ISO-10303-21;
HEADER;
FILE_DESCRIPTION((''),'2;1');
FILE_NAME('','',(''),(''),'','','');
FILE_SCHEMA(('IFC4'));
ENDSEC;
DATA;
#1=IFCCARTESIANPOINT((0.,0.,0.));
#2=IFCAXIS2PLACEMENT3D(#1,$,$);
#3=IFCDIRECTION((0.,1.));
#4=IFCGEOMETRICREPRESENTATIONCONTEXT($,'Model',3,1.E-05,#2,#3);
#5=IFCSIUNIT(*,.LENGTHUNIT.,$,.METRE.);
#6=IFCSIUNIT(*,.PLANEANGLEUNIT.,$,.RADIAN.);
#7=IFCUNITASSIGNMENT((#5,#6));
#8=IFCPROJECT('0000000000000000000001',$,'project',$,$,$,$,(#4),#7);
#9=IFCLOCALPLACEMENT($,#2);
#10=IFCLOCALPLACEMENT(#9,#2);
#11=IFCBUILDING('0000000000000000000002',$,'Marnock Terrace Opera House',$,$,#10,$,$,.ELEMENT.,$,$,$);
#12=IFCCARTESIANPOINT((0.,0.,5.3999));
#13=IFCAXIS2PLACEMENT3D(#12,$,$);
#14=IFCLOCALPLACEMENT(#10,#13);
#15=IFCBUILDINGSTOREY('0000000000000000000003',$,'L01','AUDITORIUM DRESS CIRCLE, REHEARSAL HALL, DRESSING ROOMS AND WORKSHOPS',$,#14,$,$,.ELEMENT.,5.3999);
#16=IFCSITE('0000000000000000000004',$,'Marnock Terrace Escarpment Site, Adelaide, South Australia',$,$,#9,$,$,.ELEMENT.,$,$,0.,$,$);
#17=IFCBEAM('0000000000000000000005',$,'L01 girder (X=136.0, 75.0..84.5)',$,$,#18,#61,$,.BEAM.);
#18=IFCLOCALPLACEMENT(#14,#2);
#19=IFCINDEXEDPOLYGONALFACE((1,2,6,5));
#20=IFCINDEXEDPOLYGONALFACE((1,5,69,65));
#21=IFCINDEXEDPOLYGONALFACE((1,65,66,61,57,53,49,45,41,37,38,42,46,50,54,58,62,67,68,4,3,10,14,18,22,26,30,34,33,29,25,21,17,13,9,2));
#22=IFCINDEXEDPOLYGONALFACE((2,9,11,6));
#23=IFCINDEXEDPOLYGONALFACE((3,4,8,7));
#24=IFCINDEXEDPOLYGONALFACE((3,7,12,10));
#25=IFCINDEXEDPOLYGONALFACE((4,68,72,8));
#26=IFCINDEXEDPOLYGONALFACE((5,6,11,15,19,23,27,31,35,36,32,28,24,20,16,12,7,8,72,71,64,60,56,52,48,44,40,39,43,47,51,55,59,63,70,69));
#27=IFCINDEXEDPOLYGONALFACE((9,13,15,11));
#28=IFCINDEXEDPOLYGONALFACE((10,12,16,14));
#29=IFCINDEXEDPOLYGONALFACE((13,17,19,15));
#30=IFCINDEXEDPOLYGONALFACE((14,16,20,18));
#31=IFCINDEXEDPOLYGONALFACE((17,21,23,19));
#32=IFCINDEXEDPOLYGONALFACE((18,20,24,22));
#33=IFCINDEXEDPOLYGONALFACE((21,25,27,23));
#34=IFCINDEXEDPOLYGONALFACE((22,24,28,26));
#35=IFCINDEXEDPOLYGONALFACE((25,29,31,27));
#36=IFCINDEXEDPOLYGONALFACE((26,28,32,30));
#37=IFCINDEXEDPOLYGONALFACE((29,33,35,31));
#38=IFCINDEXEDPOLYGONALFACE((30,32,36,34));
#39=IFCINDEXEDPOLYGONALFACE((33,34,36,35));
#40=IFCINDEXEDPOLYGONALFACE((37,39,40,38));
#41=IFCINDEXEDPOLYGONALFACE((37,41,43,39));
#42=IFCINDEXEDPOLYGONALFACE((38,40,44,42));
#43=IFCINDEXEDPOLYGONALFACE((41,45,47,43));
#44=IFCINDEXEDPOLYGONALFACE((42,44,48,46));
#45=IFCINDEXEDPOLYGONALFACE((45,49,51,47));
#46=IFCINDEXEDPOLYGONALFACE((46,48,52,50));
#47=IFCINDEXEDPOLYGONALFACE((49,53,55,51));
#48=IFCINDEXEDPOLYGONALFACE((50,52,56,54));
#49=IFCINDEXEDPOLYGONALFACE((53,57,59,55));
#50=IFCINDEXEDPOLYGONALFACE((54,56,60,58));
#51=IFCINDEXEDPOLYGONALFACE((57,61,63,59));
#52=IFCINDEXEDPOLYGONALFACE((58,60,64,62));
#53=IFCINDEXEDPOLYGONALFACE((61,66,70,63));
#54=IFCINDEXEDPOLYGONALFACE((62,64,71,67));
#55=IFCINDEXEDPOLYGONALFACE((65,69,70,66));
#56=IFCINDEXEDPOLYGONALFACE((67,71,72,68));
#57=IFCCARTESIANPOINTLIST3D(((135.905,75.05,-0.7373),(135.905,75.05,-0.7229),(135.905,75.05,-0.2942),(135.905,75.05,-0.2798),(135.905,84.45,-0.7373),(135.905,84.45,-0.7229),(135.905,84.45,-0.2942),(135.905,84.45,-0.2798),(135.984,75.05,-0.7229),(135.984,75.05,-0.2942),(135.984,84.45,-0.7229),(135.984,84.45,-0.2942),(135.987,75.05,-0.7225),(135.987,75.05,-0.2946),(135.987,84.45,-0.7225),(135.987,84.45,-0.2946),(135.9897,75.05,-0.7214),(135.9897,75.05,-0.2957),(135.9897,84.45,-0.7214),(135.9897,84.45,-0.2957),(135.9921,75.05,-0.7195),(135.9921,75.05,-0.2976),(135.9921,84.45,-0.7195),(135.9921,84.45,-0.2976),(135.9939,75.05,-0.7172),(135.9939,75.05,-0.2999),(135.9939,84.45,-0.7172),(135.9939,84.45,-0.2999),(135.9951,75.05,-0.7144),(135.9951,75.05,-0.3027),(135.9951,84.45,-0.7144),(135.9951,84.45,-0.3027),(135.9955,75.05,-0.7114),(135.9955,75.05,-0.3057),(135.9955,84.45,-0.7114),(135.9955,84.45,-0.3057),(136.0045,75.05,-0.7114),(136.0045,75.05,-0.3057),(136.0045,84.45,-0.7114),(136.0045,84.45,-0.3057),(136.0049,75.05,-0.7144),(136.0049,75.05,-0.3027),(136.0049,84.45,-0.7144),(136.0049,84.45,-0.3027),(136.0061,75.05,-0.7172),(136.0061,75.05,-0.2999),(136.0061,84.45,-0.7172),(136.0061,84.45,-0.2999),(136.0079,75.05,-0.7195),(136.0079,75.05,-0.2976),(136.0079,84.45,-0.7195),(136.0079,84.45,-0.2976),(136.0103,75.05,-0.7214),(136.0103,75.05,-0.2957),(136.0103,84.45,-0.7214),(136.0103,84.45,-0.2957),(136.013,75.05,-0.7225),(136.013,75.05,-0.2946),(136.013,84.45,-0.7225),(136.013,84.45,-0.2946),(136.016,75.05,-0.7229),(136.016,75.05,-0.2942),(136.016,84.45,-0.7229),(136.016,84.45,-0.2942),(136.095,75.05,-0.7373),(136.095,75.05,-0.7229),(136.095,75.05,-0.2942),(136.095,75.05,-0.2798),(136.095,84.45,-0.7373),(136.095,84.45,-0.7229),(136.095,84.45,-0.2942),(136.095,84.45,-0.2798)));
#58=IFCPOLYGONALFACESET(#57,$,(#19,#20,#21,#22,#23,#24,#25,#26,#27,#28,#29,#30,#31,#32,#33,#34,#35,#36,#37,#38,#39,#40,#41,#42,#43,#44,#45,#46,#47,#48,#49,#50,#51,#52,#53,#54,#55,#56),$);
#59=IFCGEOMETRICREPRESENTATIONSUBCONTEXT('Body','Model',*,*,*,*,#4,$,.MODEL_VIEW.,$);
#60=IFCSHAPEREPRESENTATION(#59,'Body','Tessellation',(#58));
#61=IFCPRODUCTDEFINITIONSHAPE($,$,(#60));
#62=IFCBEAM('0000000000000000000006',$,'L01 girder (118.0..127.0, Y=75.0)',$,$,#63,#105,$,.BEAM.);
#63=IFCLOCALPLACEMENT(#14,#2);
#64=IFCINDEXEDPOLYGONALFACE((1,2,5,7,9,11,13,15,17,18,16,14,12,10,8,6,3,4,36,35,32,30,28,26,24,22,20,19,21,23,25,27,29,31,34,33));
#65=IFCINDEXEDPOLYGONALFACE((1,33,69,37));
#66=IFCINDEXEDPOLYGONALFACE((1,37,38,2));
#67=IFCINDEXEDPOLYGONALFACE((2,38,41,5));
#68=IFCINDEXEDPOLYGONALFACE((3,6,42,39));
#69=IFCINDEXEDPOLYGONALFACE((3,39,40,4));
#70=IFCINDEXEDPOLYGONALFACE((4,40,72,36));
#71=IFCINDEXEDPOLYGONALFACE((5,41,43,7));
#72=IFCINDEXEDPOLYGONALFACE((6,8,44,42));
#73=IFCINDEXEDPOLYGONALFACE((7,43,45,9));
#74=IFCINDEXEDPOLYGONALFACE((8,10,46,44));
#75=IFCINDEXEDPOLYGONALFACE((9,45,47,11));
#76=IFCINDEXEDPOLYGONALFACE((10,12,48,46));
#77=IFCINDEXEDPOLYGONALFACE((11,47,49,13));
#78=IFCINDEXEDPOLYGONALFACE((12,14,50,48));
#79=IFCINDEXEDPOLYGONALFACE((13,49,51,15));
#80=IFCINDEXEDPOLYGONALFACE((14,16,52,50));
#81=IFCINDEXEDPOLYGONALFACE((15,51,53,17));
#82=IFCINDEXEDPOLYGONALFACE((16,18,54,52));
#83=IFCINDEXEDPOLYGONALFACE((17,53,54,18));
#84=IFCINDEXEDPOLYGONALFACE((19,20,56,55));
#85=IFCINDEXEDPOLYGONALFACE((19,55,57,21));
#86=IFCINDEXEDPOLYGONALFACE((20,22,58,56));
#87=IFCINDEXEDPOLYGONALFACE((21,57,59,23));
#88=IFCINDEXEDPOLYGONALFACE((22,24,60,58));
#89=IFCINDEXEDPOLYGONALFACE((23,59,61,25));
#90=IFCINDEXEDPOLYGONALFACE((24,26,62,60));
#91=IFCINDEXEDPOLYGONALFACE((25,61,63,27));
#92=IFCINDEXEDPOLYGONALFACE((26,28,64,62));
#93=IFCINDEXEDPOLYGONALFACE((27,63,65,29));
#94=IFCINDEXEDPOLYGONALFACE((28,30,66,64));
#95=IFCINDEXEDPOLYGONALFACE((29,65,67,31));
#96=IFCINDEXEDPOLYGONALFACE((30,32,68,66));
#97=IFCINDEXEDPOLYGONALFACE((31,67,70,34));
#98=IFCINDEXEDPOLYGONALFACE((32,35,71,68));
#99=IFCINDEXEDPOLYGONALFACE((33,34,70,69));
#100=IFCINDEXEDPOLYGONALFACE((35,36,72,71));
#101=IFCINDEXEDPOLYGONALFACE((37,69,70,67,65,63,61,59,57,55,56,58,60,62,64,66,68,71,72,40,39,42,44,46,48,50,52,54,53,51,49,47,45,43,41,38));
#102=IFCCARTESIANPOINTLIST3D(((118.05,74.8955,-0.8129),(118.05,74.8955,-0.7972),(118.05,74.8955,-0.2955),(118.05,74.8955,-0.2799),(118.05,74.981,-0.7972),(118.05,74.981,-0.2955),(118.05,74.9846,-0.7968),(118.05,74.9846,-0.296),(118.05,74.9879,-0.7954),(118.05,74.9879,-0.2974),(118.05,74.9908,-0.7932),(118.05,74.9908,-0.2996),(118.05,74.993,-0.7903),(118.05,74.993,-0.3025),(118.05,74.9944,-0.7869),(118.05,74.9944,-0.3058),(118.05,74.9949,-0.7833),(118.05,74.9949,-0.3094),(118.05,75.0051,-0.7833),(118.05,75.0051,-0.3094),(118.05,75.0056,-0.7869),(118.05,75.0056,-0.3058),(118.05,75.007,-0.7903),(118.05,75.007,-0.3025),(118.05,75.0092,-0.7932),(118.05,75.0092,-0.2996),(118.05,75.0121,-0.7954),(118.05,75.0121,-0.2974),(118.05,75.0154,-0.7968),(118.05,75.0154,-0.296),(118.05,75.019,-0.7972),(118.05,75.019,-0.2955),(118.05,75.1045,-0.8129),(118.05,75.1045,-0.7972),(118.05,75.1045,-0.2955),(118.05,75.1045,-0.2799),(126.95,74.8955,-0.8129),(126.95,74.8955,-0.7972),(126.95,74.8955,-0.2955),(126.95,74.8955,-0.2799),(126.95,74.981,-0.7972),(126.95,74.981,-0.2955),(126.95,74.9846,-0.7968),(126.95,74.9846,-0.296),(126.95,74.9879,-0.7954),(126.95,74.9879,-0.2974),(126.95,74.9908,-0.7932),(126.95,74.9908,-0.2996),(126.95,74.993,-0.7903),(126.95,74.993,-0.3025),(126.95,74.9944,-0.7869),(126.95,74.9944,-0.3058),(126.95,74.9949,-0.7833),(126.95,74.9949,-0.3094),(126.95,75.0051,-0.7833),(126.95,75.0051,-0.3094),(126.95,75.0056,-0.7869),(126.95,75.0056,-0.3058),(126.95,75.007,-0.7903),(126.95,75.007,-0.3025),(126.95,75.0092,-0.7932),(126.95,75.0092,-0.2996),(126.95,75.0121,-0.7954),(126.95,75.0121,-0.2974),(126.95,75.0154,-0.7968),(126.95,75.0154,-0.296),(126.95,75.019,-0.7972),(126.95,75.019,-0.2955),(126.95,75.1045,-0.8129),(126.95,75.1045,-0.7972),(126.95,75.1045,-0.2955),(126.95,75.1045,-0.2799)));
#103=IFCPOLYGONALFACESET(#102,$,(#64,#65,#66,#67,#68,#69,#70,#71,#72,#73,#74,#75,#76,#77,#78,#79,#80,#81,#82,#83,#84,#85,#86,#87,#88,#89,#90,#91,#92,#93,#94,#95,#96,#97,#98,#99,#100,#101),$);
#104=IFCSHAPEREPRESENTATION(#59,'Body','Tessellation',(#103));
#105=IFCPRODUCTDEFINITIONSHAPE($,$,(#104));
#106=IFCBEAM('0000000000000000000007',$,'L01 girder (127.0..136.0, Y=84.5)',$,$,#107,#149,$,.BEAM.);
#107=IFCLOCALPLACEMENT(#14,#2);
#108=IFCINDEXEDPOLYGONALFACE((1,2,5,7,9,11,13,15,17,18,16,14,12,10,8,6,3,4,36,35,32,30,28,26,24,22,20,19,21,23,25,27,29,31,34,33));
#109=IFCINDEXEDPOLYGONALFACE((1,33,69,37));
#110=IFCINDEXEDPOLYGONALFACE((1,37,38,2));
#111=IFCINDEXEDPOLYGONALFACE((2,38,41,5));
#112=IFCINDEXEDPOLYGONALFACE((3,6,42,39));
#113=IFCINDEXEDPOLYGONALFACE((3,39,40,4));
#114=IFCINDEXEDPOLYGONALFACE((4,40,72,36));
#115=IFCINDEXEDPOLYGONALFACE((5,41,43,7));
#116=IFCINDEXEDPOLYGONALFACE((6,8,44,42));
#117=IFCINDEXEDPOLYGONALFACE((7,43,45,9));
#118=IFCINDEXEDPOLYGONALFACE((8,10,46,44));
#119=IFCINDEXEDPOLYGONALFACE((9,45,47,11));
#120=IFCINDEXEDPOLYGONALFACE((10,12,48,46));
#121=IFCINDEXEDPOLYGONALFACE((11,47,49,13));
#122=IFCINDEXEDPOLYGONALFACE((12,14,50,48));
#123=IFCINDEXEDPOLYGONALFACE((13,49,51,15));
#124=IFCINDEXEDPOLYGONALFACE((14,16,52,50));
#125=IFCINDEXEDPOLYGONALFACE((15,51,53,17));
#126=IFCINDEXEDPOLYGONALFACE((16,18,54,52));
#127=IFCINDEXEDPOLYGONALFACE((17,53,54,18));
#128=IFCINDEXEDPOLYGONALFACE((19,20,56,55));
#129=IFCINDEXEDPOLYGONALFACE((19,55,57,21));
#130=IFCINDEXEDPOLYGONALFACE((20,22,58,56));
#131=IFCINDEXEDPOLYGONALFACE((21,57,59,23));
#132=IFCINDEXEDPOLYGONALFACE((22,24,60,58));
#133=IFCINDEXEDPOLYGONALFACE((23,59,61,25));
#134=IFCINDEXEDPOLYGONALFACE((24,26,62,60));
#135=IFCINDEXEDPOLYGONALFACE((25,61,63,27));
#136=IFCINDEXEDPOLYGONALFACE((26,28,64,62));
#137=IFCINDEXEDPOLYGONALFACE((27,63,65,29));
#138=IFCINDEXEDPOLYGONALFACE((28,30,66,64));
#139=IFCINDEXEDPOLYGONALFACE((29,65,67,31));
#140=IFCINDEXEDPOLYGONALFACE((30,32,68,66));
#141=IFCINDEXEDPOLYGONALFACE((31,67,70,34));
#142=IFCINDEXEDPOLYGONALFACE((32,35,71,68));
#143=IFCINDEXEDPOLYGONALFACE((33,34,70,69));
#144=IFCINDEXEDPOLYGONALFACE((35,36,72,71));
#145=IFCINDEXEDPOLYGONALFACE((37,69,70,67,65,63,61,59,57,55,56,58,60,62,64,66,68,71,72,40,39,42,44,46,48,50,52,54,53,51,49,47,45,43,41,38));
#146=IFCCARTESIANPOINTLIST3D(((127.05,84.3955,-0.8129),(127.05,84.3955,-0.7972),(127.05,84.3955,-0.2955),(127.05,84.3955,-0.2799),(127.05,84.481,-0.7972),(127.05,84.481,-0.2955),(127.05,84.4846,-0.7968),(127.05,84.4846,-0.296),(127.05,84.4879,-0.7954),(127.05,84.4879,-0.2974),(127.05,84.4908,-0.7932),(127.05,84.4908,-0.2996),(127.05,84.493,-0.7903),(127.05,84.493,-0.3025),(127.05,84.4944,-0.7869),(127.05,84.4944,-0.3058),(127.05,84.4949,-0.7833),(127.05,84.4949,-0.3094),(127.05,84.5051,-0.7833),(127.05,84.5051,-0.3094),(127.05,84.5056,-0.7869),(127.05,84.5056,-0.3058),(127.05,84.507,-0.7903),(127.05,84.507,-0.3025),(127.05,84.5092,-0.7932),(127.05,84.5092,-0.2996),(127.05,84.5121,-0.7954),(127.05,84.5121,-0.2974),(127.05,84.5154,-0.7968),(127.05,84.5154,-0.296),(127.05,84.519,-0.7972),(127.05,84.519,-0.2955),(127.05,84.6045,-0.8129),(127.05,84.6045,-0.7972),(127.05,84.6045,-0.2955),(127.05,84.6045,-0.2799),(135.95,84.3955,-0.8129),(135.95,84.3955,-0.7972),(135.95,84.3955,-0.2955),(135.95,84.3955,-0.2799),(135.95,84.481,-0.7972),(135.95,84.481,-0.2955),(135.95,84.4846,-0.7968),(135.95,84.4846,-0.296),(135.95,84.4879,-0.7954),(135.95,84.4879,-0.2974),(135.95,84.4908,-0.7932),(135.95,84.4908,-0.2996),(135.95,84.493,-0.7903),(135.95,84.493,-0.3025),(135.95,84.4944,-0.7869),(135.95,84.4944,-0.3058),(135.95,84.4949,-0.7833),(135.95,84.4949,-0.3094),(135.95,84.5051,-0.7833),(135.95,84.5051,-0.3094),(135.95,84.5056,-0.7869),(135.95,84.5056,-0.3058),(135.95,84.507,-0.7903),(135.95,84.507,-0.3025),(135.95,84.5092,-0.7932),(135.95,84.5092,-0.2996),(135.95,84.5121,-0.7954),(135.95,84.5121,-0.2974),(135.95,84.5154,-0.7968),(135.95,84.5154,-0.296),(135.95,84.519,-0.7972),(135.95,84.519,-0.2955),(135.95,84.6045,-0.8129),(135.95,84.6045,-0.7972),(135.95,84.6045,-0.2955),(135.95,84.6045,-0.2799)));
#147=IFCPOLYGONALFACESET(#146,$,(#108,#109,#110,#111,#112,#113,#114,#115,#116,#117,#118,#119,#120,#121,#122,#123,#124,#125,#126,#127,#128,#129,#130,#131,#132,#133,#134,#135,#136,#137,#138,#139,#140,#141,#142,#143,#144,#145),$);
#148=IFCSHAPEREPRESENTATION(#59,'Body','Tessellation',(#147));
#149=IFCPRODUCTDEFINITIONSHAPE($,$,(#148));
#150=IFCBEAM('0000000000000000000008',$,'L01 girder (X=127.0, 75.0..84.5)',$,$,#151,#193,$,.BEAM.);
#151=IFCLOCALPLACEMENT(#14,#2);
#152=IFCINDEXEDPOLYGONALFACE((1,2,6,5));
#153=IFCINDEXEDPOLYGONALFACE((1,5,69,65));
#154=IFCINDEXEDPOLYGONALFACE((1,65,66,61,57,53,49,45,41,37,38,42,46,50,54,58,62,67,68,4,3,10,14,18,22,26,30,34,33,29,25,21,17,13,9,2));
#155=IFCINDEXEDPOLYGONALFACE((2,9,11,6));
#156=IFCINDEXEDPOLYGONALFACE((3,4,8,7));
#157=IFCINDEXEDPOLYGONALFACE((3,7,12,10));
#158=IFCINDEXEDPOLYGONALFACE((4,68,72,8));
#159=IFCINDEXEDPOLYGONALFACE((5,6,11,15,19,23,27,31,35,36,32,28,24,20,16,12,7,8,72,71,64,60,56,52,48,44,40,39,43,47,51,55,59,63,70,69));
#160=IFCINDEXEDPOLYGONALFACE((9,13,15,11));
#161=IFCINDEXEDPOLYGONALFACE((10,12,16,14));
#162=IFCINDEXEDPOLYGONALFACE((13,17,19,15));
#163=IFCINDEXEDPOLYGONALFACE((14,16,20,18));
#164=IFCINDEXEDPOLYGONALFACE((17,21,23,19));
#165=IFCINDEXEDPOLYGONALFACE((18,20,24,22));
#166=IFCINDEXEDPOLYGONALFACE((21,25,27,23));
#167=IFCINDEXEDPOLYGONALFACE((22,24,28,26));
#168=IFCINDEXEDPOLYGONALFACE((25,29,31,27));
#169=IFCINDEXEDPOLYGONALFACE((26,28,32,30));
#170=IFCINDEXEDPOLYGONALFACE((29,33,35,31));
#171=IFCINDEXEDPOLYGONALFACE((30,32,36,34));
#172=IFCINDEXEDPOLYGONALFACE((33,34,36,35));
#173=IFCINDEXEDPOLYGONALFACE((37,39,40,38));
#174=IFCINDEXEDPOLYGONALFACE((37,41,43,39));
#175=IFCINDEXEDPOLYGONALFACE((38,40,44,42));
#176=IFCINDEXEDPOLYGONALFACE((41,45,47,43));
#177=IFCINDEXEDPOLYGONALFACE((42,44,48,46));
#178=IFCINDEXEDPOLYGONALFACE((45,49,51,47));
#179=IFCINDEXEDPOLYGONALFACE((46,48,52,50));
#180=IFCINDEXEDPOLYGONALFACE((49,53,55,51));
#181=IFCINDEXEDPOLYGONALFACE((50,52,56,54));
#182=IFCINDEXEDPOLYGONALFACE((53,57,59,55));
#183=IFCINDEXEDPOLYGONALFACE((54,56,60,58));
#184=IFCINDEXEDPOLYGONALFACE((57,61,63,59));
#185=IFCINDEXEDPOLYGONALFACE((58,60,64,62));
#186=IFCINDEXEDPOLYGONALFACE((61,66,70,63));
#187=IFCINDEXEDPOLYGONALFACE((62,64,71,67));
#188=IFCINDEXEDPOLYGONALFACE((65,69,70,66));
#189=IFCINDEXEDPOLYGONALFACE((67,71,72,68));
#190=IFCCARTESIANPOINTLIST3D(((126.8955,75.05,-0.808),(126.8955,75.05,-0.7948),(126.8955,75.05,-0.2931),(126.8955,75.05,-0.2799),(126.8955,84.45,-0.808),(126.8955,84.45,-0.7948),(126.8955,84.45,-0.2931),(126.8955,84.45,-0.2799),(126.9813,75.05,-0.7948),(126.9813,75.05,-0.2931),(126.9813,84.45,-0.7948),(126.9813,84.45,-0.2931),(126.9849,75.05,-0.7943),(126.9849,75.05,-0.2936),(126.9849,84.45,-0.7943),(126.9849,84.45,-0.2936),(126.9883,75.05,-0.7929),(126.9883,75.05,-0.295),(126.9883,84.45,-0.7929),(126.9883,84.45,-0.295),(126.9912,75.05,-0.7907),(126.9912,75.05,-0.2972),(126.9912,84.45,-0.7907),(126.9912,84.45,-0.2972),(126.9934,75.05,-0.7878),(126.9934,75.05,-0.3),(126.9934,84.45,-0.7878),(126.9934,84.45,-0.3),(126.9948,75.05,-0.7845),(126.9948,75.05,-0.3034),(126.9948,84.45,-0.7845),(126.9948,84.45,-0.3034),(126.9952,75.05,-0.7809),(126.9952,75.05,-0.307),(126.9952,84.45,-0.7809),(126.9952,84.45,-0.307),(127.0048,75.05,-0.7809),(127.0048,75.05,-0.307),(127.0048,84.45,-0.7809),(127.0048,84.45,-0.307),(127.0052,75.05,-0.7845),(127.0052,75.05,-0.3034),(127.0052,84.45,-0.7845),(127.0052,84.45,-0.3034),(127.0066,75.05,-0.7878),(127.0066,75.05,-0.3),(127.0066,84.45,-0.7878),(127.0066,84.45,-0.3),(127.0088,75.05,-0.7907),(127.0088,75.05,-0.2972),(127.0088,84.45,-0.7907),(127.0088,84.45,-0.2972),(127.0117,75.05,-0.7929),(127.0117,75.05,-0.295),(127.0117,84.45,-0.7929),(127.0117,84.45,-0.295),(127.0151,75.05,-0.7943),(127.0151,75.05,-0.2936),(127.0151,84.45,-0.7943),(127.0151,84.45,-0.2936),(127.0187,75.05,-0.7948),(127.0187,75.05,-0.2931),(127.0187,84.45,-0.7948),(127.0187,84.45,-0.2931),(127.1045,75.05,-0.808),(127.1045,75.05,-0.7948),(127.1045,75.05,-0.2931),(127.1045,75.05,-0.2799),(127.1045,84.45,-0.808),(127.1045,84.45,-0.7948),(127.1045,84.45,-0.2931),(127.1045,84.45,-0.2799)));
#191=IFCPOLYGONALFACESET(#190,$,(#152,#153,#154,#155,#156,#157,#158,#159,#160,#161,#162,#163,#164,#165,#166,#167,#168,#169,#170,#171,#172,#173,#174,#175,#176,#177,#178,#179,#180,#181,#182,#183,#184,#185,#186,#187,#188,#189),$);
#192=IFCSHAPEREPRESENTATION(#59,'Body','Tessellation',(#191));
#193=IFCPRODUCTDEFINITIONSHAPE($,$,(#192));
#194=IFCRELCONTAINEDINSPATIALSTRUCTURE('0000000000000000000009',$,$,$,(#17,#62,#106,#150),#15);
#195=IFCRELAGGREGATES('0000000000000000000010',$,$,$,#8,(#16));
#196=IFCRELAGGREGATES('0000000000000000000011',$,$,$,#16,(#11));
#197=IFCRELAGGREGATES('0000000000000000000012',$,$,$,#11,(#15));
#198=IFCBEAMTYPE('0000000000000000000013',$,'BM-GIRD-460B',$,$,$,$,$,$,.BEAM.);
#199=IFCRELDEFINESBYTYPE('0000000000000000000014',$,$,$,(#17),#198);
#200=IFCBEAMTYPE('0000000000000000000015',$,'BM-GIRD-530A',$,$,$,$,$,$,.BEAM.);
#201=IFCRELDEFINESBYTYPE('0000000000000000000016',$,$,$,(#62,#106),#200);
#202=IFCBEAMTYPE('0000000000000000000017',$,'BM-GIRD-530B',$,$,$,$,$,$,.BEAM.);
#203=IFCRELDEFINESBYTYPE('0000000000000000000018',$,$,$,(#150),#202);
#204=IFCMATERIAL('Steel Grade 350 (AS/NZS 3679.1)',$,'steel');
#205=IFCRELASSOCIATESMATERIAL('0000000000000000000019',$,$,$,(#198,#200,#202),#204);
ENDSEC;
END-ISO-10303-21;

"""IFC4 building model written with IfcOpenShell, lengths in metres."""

from ifc_helpers import new_model, si_unit, direction, frame, origin, origin_2d, place, context, subcontext, project, spatial, i_section, extrude, material, material_profile, profile_set, type_object, element, save


model = new_model("IFC4")

# Units and contexts
model_context = context("Model", 3, precision=1e-05, world=origin(), true_north=direction((0.0, 1.0)))
body_context = subcontext(model_context, "Body", "Model", "MODEL_VIEW")
ifc_project = project(units=[si_unit("LENGTHUNIT", "METRE"), si_unit("PLANEANGLEUNIT", "RADIAN")], contexts=[model_context])

# Site, building, storey
site_placement = place(None, origin())
site = spatial("IfcSite", under=ifc_project, at=site_placement, Name="Marnock Terrace Escarpment Site, Adelaide, South Australia", CompositionType="ELEMENT", RefElevation=0.0)
building_placement = place(site_placement, origin())
building = spatial("IfcBuilding", under=site, at=building_placement, Name="Marnock Terrace Opera House", CompositionType="ELEMENT")
storey_placement = place(building_placement, frame((0.0, 0.0, 5.3999)))
storey = spatial("IfcBuildingStorey", under=building, at=storey_placement, Name="L01", Description="AUDITORIUM DRESS CIRCLE, REHEARSAL HALL, DRESSING ROOMS AND WORKSHOPS", CompositionType="ELEMENT", Elevation=5.3999)

# Beams
ifc_material_1 = material(Name="Steel Grade 350 (AS/NZS 3679.1)", Category="steel")
ifc_material_profile_1 = material_profile(ifc_material_1, i_section(OverallWidth=0.1899, OverallDepth=0.4575, WebThickness=0.009, FlangeThickness=0.0144, FilletRadius=0.0115, at=origin_2d()))
ifc_profile_set_1 = profile_set([ifc_material_profile_1], Name="Steel Grade 350 (AS/NZS 3679.1)")
beam_type_1 = type_object("IfcBeamType", Name="BM-GIRD-460B", PredefinedType="BEAM", material=ifc_profile_set_1)
beam_1_placement = place(storey_placement, frame((136.0, 75.05, -0.5085), z_axis=(0.0, 1.0, 0.0), x_axis=(-1.0, 0.0, 0.0)))
element("IfcBeam", 1, at=beam_1_placement, inside=storey, type_object=beam_type_1, Name="L01 girder (X=136.0, 75.0..84.5)", PredefinedType="BEAM", context=body_context, shape_type="SweptSolid", body=[
    extrude(i_section(OverallWidth=0.1899, OverallDepth=0.4575, WebThickness=0.009, FlangeThickness=0.0144, FilletRadius=0.0115, at=origin_2d()), origin(), (0.0, 0.0, 1.0), 9.3999),
])
ifc_material_profile_2 = material_profile(ifc_material_1, i_section(OverallWidth=0.209, OverallDepth=0.533, WebThickness=0.0103, FlangeThickness=0.0156, FilletRadius=0.0139, at=origin_2d()))
ifc_profile_set_2 = profile_set([ifc_material_profile_2], Name="Steel Grade 350 (AS/NZS 3679.1)")
beam_type_2 = type_object("IfcBeamType", Name="BM-GIRD-530A", PredefinedType="BEAM", material=ifc_profile_set_2)
for number, where, z_axis, x_axis, name in (
    (2, (118.05, 75.0, -0.5464), (1.0, 0.0, 0.0), (0.0, 1.0, 0.0), "L01 girder (118.0..127.0, Y=75.0)"),
    (3, (127.05, 84.5, -0.5464), (1.0, 0.0, 0.0), (0.0, 1.0, 0.0), "L01 girder (127.0..136.0, Y=84.5)"),
):
    element("IfcBeam", number, at=place(storey_placement, frame(where, z_axis=z_axis, x_axis=x_axis)), inside=storey, type_object=beam_type_2, Name=name, PredefinedType="BEAM", context=body_context, shape_type="SweptSolid", body=[
        extrude(i_section(OverallWidth=0.209, OverallDepth=0.533, WebThickness=0.0103, FlangeThickness=0.0156, FilletRadius=0.0139, at=origin_2d()), origin(), (0.0, 0.0, 1.0), 8.8999),
    ])
ifc_material_profile_3 = material_profile(ifc_material_1, i_section(OverallWidth=0.209, OverallDepth=0.5281, WebThickness=0.0095, FlangeThickness=0.0132, FilletRadius=0.0139, at=origin_2d()))
ifc_profile_set_3 = profile_set([ifc_material_profile_3], Name="Steel Grade 350 (AS/NZS 3679.1)")
beam_type_3 = type_object("IfcBeamType", Name="BM-GIRD-530B", PredefinedType="BEAM", material=ifc_profile_set_3)
beam_2_placement = place(storey_placement, frame((127.0, 75.05, -0.5439), z_axis=(0.0, 1.0, 0.0), x_axis=(-1.0, 0.0, 0.0)))
element("IfcBeam", 4, at=beam_2_placement, inside=storey, type_object=beam_type_3, Name="L01 girder (X=127.0, 75.0..84.5)", PredefinedType="BEAM", context=body_context, shape_type="SweptSolid", body=[
    extrude(i_section(OverallWidth=0.209, OverallDepth=0.5281, WebThickness=0.0095, FlangeThickness=0.0132, FilletRadius=0.0139, at=origin_2d()), origin(), (0.0, 0.0, 1.0), 9.3999),
])

save(model, "model.ifc")
